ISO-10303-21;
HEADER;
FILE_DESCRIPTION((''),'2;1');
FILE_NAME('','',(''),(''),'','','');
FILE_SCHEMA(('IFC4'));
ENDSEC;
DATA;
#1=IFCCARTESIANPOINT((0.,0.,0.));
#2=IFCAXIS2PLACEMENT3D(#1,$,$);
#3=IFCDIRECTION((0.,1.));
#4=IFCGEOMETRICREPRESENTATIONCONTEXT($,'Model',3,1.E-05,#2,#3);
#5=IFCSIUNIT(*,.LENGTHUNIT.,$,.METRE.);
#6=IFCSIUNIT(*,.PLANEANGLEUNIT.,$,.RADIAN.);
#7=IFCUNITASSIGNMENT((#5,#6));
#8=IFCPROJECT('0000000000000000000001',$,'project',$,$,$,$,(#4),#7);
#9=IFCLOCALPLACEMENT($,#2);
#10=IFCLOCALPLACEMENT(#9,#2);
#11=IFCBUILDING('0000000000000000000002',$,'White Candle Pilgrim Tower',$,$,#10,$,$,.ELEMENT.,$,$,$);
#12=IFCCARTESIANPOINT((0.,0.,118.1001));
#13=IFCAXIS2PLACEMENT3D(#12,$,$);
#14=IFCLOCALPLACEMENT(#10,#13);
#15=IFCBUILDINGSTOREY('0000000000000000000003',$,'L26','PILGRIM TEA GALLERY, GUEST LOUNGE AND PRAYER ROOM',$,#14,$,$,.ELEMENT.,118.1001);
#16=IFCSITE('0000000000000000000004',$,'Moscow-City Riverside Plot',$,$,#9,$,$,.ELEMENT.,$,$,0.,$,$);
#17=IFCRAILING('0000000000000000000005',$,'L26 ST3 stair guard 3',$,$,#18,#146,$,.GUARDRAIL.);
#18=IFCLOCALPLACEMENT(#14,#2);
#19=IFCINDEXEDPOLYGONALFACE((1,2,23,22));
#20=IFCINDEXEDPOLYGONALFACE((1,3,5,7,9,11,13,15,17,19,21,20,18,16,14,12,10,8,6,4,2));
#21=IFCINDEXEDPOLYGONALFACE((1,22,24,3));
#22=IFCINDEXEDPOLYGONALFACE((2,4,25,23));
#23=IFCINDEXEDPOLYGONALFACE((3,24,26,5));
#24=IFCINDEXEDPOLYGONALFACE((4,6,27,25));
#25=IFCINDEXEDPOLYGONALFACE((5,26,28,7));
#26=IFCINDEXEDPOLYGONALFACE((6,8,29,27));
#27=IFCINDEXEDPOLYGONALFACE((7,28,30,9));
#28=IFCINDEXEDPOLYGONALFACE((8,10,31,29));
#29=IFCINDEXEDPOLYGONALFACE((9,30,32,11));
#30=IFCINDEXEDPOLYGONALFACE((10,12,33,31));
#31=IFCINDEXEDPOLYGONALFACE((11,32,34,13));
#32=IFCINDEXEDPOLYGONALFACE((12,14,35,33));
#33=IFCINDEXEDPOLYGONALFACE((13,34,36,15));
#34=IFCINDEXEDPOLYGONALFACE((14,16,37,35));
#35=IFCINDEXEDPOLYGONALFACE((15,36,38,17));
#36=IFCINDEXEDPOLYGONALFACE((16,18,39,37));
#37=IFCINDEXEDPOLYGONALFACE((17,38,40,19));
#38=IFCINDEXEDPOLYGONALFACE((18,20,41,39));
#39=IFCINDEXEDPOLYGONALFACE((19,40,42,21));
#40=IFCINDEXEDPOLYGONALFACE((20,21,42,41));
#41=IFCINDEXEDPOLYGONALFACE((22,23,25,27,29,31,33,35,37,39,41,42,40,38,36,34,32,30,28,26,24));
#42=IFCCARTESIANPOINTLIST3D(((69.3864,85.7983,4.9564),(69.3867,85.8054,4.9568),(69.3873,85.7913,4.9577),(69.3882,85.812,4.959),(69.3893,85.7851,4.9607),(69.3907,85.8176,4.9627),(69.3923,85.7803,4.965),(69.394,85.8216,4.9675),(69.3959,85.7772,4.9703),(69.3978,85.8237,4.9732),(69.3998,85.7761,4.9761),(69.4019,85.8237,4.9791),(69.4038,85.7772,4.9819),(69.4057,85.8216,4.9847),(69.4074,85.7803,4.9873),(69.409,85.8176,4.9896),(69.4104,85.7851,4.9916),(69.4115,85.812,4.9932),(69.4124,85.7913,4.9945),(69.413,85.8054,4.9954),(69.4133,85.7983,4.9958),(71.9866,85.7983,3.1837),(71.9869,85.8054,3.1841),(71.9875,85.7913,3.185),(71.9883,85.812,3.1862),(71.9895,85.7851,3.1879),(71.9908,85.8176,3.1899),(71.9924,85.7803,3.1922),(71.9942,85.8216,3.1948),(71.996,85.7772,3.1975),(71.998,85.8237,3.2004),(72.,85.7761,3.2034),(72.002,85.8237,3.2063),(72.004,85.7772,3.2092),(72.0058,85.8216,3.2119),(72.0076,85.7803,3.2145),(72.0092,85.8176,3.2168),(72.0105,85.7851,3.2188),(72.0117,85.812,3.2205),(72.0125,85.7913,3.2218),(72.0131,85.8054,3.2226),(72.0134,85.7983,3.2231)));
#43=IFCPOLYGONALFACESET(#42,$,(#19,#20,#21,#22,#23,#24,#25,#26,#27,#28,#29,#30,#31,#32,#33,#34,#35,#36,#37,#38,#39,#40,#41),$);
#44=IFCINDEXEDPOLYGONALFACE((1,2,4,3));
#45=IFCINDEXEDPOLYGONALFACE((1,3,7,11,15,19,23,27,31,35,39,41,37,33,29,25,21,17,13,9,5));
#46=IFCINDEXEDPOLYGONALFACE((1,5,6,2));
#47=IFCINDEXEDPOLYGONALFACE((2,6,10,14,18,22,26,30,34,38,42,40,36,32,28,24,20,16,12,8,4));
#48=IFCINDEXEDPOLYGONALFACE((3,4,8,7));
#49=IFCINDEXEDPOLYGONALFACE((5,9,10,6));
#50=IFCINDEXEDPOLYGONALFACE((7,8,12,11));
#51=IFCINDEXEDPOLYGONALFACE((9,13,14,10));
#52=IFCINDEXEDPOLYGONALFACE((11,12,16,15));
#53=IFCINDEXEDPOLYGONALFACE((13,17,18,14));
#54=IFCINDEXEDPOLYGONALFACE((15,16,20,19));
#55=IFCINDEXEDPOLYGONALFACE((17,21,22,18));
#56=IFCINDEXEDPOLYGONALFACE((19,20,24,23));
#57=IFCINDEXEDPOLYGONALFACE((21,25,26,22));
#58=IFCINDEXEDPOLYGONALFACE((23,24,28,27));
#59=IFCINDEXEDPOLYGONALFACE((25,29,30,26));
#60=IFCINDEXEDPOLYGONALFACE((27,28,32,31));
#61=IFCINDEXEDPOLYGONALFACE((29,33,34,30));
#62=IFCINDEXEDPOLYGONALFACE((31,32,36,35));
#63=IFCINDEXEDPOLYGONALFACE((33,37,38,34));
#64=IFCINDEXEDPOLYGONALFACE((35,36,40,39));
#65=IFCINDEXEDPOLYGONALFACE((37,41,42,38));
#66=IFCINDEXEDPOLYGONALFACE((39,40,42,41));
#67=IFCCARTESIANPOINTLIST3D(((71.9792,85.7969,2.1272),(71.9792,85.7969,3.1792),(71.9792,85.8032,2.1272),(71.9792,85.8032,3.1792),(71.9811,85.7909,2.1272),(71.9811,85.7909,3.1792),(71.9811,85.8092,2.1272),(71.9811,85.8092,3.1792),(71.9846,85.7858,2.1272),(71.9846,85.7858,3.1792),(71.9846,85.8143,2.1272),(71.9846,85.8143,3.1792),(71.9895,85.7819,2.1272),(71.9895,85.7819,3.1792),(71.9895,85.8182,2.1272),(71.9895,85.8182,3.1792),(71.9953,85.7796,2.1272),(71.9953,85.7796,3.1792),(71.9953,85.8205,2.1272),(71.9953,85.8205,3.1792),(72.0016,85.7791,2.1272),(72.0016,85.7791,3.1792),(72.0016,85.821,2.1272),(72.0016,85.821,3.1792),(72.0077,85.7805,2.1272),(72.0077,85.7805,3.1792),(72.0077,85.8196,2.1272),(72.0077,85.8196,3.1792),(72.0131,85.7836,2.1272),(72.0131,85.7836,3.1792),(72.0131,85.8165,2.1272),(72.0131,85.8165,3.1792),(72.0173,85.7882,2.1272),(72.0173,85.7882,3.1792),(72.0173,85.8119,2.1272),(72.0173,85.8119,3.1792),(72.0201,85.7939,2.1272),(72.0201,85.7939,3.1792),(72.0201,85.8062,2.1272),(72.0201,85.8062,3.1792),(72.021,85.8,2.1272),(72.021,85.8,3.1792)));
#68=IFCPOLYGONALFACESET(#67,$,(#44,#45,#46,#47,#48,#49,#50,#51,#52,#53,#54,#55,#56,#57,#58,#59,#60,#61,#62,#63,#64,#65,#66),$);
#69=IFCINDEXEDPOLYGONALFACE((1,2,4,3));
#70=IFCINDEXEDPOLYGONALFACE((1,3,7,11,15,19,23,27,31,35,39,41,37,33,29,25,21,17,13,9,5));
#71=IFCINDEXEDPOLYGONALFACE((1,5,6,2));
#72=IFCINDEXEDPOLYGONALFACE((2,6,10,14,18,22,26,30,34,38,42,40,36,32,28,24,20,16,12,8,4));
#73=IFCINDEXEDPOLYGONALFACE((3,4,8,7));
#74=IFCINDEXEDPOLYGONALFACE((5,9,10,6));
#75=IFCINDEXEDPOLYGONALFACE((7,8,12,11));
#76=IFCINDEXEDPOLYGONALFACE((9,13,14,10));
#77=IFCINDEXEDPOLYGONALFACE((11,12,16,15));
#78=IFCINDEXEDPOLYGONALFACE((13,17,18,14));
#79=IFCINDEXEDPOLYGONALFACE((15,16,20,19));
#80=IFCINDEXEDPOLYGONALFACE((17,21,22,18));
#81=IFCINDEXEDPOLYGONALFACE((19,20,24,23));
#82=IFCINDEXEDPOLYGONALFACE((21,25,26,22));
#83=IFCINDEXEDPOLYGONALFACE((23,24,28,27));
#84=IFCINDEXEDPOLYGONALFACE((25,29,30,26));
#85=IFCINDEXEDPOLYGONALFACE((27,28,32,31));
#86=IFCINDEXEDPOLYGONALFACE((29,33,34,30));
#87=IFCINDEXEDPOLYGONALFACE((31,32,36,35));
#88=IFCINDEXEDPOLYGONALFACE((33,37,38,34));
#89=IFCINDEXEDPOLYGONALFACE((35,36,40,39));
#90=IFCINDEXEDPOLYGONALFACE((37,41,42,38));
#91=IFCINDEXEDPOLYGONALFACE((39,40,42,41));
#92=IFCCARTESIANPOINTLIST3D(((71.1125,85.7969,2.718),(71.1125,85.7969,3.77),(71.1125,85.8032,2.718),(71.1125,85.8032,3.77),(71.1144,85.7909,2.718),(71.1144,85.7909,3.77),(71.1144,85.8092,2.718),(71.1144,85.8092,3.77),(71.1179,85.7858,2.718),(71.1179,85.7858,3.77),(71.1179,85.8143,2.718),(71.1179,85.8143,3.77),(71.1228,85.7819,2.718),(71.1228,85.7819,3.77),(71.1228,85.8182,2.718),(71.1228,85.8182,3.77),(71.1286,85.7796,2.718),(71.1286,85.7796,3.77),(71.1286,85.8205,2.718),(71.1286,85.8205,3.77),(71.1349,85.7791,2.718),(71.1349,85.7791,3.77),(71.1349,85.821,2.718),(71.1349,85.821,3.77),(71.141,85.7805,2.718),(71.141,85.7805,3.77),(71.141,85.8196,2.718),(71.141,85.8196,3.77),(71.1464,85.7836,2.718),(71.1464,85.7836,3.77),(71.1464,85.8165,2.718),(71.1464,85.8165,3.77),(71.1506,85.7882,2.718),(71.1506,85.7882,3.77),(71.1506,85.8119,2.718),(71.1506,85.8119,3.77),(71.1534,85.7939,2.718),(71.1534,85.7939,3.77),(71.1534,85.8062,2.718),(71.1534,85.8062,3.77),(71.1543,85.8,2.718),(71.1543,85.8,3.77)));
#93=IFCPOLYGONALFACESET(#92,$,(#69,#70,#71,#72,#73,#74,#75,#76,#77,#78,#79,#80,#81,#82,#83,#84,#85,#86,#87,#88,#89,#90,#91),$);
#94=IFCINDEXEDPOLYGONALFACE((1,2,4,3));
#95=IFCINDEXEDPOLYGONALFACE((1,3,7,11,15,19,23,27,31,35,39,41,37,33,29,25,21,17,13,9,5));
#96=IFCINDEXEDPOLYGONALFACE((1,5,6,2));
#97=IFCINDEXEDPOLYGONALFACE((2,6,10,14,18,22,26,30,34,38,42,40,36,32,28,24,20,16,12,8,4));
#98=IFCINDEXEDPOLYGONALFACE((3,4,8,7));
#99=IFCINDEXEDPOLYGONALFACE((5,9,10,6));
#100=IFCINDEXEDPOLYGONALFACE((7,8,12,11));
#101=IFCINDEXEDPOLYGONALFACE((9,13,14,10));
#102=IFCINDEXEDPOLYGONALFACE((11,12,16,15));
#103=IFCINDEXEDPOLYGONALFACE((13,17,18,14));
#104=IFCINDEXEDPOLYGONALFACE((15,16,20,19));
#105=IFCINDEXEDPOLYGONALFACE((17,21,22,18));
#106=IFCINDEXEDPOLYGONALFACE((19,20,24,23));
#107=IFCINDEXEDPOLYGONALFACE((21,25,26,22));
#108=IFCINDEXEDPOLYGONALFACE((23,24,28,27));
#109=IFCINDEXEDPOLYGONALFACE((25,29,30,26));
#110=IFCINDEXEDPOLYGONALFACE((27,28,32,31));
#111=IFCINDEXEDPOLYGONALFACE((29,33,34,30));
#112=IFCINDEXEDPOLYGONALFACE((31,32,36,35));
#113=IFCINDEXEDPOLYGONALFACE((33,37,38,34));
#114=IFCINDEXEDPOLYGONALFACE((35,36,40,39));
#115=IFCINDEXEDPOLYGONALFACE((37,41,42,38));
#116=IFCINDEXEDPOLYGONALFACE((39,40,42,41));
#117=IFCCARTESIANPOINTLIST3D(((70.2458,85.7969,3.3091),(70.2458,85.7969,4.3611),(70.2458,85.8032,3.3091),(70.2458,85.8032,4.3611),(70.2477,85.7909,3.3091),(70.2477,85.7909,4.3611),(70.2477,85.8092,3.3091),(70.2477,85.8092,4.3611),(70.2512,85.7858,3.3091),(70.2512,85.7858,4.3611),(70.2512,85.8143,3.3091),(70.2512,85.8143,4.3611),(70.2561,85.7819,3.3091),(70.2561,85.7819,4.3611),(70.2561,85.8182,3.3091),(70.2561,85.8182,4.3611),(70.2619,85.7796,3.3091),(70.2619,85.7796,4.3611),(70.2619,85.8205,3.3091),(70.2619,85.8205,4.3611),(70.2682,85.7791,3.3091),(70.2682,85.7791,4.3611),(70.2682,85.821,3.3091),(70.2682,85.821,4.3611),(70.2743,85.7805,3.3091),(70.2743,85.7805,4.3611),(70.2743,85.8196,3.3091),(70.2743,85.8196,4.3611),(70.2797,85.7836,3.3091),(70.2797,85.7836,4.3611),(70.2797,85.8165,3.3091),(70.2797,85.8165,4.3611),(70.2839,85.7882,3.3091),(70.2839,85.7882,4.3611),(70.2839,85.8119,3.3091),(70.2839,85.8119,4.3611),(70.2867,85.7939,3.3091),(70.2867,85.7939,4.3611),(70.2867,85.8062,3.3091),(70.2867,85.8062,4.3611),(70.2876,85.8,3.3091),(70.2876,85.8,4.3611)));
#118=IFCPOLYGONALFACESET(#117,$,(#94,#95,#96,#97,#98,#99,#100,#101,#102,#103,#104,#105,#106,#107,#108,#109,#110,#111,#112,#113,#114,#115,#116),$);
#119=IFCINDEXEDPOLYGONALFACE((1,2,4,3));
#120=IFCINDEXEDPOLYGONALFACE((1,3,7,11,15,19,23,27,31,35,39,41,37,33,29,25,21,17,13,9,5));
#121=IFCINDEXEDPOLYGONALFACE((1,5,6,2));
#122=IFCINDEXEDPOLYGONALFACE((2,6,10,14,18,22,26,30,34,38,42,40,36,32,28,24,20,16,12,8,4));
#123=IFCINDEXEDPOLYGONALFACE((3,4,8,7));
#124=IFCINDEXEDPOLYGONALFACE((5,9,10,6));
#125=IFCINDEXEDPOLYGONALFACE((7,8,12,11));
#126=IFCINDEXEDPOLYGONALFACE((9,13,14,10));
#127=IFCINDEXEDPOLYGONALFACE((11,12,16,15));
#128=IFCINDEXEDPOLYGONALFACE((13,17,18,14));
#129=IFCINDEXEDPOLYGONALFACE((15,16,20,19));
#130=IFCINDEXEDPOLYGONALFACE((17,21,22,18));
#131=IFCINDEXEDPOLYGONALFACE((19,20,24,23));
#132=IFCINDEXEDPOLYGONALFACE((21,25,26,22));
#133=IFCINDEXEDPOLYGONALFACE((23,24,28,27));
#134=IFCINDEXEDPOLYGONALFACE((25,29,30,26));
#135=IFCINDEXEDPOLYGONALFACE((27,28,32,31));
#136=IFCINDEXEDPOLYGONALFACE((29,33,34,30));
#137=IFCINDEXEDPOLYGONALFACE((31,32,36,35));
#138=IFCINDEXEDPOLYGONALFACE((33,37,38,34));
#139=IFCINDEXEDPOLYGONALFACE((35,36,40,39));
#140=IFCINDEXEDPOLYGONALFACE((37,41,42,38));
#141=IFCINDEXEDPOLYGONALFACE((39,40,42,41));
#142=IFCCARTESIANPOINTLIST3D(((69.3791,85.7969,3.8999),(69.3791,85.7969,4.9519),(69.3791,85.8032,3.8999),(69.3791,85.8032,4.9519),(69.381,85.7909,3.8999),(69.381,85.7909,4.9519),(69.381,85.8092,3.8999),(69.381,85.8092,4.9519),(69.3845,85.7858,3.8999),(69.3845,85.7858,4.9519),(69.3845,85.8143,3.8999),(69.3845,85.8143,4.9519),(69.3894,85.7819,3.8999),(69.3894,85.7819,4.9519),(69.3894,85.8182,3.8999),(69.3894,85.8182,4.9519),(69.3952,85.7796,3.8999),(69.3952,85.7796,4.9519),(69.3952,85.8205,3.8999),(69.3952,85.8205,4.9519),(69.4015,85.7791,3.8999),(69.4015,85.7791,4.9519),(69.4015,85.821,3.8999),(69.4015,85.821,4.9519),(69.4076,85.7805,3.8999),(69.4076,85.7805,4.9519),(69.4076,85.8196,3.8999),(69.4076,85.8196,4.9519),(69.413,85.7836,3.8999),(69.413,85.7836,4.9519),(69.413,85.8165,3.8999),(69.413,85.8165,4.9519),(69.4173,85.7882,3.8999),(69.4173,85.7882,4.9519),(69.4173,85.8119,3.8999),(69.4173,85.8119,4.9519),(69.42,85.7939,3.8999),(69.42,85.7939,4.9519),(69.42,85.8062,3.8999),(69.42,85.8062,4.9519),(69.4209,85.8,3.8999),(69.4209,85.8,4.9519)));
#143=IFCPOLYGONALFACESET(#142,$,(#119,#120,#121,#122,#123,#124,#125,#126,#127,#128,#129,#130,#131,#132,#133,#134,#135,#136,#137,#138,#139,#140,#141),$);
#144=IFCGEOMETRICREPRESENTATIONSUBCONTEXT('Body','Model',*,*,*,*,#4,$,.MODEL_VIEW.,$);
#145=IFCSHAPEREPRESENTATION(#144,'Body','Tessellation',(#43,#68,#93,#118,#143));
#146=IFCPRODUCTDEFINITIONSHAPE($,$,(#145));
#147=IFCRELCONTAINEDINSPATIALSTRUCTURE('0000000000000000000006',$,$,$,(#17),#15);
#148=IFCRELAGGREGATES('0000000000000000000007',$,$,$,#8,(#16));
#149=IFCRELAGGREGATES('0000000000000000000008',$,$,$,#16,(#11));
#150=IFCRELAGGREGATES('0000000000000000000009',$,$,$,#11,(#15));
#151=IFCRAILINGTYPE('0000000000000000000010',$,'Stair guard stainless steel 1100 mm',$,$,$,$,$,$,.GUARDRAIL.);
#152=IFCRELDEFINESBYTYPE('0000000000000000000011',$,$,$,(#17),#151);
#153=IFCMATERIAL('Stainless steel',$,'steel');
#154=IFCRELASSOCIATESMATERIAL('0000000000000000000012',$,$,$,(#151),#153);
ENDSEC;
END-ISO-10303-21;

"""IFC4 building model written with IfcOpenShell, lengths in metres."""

from ifc_helpers import new_model, si_unit, direction, frame, origin, origin_2d, place, context, subcontext, project, spatial, circle, extrude, material, type_object, element, save


model = new_model("IFC4")

# Units and contexts
model_context = context("Model", 3, precision=1e-05, world=origin(), true_north=direction((0.0, 1.0)))
body_context = subcontext(model_context, "Body", "Model", "MODEL_VIEW")
ifc_project = project(units=[si_unit("LENGTHUNIT", "METRE"), si_unit("PLANEANGLEUNIT", "RADIAN")], contexts=[model_context])

# Site, building, storey
site_placement = place(None, origin())
site = spatial("IfcSite", under=ifc_project, at=site_placement, Name="Moscow-City Riverside Plot", CompositionType="ELEMENT", RefElevation=0.0)
building_placement = place(site_placement, origin())
building = spatial("IfcBuilding", under=site, at=building_placement, Name="White Candle Pilgrim Tower", CompositionType="ELEMENT")
storey_placement = place(building_placement, frame((0.0, 0.0, 118.1001)))
storey = spatial("IfcBuildingStorey", under=building, at=storey_placement, Name="L26", Description="PILGRIM TEA GALLERY, GUEST LOUNGE AND PRAYER ROOM", CompositionType="ELEMENT", Elevation=118.1001)

# Railing
ifc_material_1 = material(Name="Stainless steel", Category="steel")
railing_type_1 = type_object("IfcRailingType", Name="Stair guard stainless steel 1100 mm", PredefinedType="GUARDRAIL", material=ifc_material_1)
railing_1_placement = place(storey_placement, frame((72.0, 85.8, 2.1272)))
element("IfcRailing", 1, at=railing_1_placement, inside=storey, type_object=railing_type_1, Name="L26 ST3 stair guard 3", PredefinedType="GUARDRAIL", context=body_context, shape_type="SweptSolid", body=[
    extrude(circle(Radius=0.0239, at=origin_2d()), frame((0.0, 0.0, 1.0762), z_axis=(-0.82624, 0.0, 0.563318), x_axis=(0.0, -1.0, 0.0)), (0.0, 0.0, 1.0), 3.147),
    extrude(circle(Radius=0.021, at=origin_2d()), origin(), (0.0, 0.0, 1.0), 1.052),
    extrude(circle(Radius=0.021, at=origin_2d()), frame((-0.8667, 0.0, 0.5908)), (0.0, 0.0, 1.0), 1.052),
    extrude(circle(Radius=0.021, at=origin_2d()), frame((-1.7334, 0.0, 1.1819)), (0.0, 0.0, 1.0), 1.052),
    extrude(circle(Radius=0.021, at=origin_2d()), frame((-2.6001, 0.0, 1.7727)), (0.0, 0.0, 1.0), 1.052),
])

save(model, "model.ifc")
